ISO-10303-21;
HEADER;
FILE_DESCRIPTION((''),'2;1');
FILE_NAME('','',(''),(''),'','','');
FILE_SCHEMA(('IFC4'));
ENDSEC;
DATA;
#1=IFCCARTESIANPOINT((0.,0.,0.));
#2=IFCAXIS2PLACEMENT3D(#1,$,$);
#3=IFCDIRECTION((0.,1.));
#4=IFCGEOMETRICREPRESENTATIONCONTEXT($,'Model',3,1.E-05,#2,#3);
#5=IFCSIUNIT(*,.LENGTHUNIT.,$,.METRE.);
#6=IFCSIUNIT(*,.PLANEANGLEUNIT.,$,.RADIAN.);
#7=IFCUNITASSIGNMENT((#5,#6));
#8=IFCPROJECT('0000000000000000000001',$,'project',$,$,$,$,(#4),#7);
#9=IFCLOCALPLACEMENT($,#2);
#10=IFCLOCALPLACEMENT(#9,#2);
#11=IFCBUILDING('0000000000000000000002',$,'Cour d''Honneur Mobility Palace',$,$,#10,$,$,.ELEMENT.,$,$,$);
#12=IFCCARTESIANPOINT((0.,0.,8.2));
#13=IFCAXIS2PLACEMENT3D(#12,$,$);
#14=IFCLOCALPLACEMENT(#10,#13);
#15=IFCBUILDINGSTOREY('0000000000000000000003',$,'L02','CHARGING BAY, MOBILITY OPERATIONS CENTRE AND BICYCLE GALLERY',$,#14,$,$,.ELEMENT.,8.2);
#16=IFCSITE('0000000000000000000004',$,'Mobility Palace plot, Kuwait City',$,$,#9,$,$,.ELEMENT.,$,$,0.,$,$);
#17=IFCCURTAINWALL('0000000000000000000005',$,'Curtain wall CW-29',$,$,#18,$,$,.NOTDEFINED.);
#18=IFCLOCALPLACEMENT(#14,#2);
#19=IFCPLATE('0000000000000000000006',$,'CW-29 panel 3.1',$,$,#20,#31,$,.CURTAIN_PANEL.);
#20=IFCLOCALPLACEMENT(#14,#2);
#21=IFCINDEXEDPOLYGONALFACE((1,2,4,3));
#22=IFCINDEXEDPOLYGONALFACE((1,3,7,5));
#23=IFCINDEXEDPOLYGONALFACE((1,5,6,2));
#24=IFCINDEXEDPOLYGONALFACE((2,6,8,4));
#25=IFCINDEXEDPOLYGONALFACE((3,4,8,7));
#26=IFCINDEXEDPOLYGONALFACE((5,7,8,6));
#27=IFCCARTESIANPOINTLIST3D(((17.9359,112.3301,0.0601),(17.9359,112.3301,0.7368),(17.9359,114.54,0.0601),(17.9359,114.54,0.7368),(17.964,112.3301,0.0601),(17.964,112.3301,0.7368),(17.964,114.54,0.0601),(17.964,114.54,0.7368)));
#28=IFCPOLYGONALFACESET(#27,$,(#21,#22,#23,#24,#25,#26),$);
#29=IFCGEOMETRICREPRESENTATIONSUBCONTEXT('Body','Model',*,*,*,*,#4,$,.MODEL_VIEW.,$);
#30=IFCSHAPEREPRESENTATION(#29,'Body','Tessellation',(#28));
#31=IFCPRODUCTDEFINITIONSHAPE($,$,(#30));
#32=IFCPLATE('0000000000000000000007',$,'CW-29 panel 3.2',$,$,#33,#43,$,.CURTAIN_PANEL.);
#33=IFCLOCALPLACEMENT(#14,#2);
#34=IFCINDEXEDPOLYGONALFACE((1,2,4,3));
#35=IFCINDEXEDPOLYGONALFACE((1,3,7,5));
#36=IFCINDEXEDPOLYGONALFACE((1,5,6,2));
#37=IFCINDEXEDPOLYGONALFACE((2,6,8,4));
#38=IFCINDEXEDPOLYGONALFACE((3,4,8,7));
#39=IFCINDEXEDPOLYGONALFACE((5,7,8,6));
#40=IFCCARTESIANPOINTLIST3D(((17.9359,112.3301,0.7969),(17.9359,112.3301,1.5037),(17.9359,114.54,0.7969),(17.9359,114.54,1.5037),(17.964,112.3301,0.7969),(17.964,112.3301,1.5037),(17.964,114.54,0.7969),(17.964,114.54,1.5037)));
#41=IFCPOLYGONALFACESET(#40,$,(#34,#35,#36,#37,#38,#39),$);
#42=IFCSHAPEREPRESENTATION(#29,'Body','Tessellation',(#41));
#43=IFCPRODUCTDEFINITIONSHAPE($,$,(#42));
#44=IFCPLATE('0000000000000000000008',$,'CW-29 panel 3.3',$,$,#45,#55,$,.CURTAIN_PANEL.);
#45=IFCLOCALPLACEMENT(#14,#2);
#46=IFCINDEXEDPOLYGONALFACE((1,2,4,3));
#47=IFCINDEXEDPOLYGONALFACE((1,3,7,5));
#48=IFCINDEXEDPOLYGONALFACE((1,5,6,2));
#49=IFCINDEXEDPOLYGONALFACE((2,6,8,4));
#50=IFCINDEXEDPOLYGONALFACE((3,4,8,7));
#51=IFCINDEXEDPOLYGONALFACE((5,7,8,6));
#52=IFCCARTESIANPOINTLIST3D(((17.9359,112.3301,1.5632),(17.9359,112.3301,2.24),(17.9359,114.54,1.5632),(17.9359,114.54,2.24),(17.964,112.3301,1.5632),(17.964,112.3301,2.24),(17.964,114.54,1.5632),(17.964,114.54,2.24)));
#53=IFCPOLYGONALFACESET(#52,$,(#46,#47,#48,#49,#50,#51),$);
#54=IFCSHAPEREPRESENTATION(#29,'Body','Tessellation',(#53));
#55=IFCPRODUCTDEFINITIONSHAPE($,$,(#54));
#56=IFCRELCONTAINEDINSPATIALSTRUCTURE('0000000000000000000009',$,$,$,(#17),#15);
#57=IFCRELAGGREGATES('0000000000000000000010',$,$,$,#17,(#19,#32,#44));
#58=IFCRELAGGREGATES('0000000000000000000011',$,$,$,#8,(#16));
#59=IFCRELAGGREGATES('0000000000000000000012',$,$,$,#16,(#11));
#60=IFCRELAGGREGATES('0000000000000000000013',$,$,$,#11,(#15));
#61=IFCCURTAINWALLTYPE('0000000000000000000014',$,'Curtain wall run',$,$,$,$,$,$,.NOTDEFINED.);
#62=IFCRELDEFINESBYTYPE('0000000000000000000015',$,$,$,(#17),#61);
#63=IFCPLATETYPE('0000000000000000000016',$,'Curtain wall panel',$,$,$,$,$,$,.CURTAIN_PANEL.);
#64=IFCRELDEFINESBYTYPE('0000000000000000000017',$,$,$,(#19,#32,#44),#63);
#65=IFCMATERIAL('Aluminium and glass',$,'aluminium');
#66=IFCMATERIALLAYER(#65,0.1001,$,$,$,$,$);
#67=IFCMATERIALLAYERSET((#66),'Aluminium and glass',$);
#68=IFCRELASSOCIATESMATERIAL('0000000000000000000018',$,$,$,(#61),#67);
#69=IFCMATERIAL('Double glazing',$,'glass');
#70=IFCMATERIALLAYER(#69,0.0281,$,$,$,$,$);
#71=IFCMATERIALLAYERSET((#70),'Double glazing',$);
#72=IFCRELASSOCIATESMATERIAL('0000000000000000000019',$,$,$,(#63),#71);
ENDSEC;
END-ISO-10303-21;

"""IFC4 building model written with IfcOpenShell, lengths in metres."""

from ifc_helpers import new_model, si_unit, direction, frame, origin, origin_2d, place, context, subcontext, project, spatial, rectangle, extrude, material, layer, layer_set, type_object, element, aggregate, save


model = new_model("IFC4")

# Units and contexts
model_context = context("Model", 3, precision=1e-05, world=origin(), true_north=direction((0.0, 1.0)))
body_context = subcontext(model_context, "Body", "Model", "MODEL_VIEW")
ifc_project = project(units=[si_unit("LENGTHUNIT", "METRE"), si_unit("PLANEANGLEUNIT", "RADIAN")], contexts=[model_context])

# Site, building, storey
site_placement = place(None, origin())
site = spatial("IfcSite", under=ifc_project, at=site_placement, Name="Mobility Palace plot, Kuwait City", CompositionType="ELEMENT", RefElevation=0.0)
building_placement = place(site_placement, origin())
building = spatial("IfcBuilding", under=site, at=building_placement, Name="Cour d'Honneur Mobility Palace", CompositionType="ELEMENT")
storey_placement = place(building_placement, frame((0.0, 0.0, 8.2)))
storey = spatial("IfcBuildingStorey", under=building, at=storey_placement, Name="L02", Description="CHARGING BAY, MOBILITY OPERATIONS CENTRE AND BICYCLE GALLERY", CompositionType="ELEMENT", Elevation=8.2)

# Curtain wall, plates
ifc_material_1 = material(Name="Aluminium and glass", Category="aluminium")
ifc_layer_1 = layer(ifc_material_1, 0.1001)
ifc_layer_set_1 = layer_set([ifc_layer_1], Name="Aluminium and glass")
curtain_wall_type = type_object("IfcCurtainWallType", Name="Curtain wall run", PredefinedType="NOTDEFINED", material=ifc_layer_set_1)
curtain_wall_placement = place(storey_placement, origin())
curtain_wall = element("IfcCurtainWall", 1, at=curtain_wall_placement, inside=storey, type_object=curtain_wall_type, Name="Curtain wall CW-29", PredefinedType="NOTDEFINED")
ifc_material_2 = material(Name="Double glazing", Category="glass")
ifc_layer_2 = layer(ifc_material_2, 0.0281)
ifc_layer_set_2 = layer_set([ifc_layer_2], Name="Double glazing")
plate_type = type_object("IfcPlateType", Name="Curtain wall panel", PredefinedType="CURTAIN_PANEL", material=ifc_layer_set_2)
plate_1_placement = place(storey_placement, frame((17.95, 113.4351, 0.0601), z_axis=(0.0, 0.0, 1.0), x_axis=(0.0, 1.0, 0.0)))
plate_1 = element("IfcPlate", 2, at=plate_1_placement, type_object=plate_type, Name="CW-29 panel 3.1", PredefinedType="CURTAIN_PANEL", context=body_context, shape_type="SweptSolid", body=[
    extrude(rectangle(XDim=2.21, YDim=0.0281, at=origin_2d()), origin(), (0.0, 0.0, 1.0), 0.6768),
])
plate_2_placement = place(storey_placement, frame((17.95, 113.4351, 0.7969), z_axis=(0.0, 0.0, 1.0), x_axis=(0.0, 1.0, 0.0)))
plate_2 = element("IfcPlate", 3, at=plate_2_placement, type_object=plate_type, Name="CW-29 panel 3.2", PredefinedType="CURTAIN_PANEL", context=body_context, shape_type="SweptSolid", body=[
    extrude(rectangle(XDim=2.21, YDim=0.0281, at=origin_2d()), origin(), (0.0, 0.0, 1.0), 0.7068),
])
plate_3_placement = place(storey_placement, frame((17.95, 113.4351, 1.5632), z_axis=(0.0, 0.0, 1.0), x_axis=(0.0, 1.0, 0.0)))
plate_3 = element("IfcPlate", 4, at=plate_3_placement, type_object=plate_type, Name="CW-29 panel 3.3", PredefinedType="CURTAIN_PANEL", context=body_context, shape_type="SweptSolid", body=[
    extrude(rectangle(XDim=2.21, YDim=0.0281, at=origin_2d()), origin(), (0.0, 0.0, 1.0), 0.6768),
])
aggregate(curtain_wall, [plate_1, plate_2, plate_3])

save(model, "model.ifc")
